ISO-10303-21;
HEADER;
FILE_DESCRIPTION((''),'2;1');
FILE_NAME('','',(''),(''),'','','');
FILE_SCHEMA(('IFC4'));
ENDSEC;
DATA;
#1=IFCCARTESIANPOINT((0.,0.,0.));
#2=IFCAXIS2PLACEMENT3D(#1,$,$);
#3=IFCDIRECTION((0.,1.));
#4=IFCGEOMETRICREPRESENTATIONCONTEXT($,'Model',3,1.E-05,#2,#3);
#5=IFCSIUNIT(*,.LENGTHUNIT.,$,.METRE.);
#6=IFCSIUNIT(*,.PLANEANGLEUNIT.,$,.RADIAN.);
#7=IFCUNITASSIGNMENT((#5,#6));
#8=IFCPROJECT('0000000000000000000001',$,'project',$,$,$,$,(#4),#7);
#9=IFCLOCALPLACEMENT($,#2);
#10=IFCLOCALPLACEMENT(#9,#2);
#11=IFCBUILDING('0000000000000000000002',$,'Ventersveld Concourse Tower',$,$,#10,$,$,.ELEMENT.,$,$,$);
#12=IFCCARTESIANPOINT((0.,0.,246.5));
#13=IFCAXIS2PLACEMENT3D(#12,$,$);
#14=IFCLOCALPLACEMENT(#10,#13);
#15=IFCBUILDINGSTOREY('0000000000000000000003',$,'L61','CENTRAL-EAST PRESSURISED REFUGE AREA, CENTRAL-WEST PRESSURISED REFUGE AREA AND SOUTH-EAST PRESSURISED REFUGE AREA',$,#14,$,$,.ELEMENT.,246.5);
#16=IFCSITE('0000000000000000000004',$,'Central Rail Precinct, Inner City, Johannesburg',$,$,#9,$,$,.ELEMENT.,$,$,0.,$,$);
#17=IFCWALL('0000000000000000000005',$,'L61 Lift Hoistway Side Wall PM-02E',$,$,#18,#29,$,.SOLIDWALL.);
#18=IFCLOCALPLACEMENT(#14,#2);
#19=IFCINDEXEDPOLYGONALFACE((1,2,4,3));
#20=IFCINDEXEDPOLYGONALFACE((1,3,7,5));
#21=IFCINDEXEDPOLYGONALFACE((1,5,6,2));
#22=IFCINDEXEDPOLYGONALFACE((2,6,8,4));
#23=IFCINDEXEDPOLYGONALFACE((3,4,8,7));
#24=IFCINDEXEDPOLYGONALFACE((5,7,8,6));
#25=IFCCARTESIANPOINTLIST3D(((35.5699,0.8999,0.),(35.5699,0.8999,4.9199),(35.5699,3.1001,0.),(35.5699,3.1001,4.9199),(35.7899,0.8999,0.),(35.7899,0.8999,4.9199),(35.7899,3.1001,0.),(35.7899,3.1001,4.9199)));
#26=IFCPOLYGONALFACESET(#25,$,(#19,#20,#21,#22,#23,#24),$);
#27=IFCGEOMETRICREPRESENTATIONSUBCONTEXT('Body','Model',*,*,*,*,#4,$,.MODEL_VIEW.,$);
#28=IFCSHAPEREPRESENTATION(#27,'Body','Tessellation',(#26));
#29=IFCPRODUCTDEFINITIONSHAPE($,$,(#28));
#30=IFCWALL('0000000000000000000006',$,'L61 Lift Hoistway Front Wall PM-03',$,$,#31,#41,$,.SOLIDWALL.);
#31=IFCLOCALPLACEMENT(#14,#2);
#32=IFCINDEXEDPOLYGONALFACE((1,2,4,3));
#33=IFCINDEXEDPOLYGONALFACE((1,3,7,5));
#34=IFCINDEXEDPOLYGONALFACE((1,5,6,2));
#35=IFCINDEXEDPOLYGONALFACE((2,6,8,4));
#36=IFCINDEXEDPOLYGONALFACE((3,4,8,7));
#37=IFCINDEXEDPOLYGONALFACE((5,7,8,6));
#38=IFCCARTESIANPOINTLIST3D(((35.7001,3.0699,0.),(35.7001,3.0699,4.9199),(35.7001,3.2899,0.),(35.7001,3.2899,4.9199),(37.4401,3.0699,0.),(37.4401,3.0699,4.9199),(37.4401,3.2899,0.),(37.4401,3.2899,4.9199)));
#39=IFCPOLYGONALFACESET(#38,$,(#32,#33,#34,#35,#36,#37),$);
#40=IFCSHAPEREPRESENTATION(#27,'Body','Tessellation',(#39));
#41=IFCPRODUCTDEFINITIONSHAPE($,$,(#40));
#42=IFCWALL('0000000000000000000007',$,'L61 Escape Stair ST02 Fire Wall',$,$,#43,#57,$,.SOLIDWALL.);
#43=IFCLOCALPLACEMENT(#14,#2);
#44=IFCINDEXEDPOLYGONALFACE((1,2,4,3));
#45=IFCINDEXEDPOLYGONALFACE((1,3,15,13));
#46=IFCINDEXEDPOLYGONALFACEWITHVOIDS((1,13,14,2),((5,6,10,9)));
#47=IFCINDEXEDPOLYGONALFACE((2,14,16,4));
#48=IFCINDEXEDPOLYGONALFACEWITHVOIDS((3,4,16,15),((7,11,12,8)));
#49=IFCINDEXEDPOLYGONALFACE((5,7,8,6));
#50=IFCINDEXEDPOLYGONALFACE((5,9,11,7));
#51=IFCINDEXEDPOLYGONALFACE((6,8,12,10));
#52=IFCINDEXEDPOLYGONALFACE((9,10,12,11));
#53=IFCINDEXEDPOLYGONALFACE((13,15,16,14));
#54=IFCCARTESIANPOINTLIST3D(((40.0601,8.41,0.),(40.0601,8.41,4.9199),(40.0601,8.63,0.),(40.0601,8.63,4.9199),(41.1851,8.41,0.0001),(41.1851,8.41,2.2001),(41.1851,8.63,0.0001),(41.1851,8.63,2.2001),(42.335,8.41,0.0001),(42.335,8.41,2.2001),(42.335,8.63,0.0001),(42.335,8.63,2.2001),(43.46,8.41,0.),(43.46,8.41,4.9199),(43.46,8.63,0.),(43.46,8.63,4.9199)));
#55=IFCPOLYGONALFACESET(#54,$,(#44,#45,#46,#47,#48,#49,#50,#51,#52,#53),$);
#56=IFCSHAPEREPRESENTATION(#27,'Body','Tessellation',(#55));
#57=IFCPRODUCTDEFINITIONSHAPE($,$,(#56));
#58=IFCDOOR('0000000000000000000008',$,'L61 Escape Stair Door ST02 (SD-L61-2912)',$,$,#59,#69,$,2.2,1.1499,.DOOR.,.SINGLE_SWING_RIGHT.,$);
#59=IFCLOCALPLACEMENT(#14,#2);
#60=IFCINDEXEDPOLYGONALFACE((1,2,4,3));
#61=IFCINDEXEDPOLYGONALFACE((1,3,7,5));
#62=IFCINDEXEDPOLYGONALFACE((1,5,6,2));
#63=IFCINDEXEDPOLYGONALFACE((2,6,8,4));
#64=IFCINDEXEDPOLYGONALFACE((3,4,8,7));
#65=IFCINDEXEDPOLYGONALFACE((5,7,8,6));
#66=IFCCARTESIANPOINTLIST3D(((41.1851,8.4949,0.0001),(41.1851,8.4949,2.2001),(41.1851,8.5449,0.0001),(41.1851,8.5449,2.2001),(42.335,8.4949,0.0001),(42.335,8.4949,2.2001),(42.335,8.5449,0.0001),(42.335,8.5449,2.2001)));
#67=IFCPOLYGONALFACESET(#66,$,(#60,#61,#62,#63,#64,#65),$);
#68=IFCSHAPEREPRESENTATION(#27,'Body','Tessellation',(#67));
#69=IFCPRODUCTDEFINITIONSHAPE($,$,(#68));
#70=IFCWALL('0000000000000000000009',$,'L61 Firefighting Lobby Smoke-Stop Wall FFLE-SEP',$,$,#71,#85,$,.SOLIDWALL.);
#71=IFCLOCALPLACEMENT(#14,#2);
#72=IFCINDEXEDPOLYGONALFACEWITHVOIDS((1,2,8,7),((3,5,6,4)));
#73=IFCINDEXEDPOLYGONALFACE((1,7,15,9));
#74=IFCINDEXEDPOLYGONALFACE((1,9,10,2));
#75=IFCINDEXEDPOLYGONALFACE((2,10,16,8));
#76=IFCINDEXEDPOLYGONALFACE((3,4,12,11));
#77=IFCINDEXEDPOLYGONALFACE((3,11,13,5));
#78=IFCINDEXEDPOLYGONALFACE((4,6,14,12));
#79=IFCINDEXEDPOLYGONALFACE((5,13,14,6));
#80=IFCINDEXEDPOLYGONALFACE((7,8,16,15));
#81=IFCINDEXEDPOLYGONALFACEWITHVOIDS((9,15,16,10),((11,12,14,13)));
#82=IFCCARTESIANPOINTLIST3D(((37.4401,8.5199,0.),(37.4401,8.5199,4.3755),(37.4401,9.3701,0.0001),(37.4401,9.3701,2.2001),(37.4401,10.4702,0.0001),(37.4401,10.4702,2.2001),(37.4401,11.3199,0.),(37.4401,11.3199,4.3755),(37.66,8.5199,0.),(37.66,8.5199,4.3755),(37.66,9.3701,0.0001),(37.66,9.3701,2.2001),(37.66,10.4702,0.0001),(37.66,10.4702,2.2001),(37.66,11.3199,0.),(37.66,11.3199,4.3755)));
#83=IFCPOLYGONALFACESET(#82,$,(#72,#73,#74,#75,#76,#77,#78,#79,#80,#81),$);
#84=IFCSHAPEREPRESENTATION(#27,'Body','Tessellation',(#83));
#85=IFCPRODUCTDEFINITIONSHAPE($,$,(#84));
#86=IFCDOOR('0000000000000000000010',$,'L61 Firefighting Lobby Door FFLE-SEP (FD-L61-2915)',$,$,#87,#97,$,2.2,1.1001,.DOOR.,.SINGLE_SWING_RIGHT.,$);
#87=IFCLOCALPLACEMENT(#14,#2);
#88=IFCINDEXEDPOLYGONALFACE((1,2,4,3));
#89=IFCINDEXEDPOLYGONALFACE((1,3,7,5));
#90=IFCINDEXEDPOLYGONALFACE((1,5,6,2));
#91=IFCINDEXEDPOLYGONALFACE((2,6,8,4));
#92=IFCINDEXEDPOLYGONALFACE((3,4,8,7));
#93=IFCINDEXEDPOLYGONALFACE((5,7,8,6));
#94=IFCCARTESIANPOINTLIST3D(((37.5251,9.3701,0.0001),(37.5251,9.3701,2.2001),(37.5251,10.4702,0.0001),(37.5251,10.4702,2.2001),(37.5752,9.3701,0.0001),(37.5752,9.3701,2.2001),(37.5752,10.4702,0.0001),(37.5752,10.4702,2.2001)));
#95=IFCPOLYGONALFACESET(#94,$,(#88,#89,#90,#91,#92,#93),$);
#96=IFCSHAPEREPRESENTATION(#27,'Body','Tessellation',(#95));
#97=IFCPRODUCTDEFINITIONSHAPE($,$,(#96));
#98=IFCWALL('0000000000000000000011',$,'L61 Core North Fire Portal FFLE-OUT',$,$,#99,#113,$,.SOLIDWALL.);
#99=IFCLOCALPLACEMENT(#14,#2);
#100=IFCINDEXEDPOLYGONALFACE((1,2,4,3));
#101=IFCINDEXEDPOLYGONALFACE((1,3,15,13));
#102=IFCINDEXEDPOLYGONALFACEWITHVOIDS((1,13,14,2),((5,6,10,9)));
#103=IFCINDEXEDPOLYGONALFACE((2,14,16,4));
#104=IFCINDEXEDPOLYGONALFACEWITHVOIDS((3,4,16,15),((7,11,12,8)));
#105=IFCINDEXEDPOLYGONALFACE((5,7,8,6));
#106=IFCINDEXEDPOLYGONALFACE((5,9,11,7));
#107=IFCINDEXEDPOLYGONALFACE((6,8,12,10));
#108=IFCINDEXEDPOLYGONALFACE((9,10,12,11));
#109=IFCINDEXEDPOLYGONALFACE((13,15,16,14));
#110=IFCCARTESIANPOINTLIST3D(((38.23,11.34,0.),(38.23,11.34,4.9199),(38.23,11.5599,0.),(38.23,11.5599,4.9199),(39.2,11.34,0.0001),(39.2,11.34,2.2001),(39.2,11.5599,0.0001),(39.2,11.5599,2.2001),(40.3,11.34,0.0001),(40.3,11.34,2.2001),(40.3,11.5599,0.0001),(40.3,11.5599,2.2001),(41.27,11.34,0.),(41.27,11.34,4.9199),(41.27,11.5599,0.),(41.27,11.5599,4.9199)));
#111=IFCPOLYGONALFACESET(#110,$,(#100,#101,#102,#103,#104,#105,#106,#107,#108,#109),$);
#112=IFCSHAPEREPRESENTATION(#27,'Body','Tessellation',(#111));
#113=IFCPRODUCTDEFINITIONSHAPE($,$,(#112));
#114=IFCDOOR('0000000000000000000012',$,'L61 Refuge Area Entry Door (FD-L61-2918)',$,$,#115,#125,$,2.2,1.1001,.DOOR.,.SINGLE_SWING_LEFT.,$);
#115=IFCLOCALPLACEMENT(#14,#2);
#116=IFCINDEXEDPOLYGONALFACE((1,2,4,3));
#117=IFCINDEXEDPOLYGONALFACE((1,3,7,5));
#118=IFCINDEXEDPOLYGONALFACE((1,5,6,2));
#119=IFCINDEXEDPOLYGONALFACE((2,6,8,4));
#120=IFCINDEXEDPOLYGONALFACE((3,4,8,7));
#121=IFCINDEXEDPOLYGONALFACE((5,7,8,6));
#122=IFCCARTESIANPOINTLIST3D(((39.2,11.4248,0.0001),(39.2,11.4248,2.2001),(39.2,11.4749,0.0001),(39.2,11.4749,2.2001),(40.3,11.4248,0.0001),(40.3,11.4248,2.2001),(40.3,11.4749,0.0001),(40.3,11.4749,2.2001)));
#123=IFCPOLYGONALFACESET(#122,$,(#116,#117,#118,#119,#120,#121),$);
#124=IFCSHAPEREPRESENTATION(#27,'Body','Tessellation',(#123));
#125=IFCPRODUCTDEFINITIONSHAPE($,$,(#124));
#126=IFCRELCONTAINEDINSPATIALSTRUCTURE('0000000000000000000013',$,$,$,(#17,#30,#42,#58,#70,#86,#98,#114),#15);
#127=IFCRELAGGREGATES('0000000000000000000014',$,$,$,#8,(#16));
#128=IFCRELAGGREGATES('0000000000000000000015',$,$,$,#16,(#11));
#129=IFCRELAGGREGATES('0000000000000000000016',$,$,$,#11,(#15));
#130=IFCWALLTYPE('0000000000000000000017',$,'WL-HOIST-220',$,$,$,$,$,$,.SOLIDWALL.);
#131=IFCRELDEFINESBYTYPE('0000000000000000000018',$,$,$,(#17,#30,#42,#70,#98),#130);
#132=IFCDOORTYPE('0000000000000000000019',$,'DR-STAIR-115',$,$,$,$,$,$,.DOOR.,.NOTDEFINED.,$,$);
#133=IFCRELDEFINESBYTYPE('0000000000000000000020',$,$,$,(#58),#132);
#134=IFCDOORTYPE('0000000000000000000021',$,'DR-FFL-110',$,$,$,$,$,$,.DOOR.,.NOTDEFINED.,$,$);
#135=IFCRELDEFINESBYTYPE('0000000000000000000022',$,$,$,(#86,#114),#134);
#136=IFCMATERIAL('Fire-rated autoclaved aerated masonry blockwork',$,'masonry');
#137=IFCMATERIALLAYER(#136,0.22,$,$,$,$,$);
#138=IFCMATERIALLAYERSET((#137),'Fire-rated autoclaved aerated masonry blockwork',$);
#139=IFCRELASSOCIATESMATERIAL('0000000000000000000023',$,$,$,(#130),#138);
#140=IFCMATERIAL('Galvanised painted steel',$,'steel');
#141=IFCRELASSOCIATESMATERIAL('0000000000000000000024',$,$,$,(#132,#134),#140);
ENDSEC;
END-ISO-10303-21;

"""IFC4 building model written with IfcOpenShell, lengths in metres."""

from ifc_helpers import new_model, si_unit, direction, frame, frame_2d, origin, place, context, subcontext, project, spatial, rectangle, extrude, material, layer, layer_set, type_object, element, fill, save


model = new_model("IFC4")

# Units and contexts
model_context = context("Model", 3, precision=1e-05, world=origin(), true_north=direction((0.0, 1.0)))
body_context = subcontext(model_context, "Body", "Model", "MODEL_VIEW")
ifc_project = project(units=[si_unit("LENGTHUNIT", "METRE"), si_unit("PLANEANGLEUNIT", "RADIAN")], contexts=[model_context])

# Site, building, storey
site_placement = place(None, origin())
site = spatial("IfcSite", under=ifc_project, at=site_placement, Name="Central Rail Precinct, Inner City, Johannesburg", CompositionType="ELEMENT", RefElevation=0.0)
building_placement = place(site_placement, origin())
building = spatial("IfcBuilding", under=site, at=building_placement, Name="Ventersveld Concourse Tower", CompositionType="ELEMENT")
storey_placement = place(building_placement, frame((0.0, 0.0, 246.5)))
storey = spatial("IfcBuildingStorey", under=building, at=storey_placement, Name="L61", Description="CENTRAL-EAST PRESSURISED REFUGE AREA, CENTRAL-WEST PRESSURISED REFUGE AREA AND SOUTH-EAST PRESSURISED REFUGE AREA", CompositionType="ELEMENT", Elevation=246.5)

# Shared definitions
ifc_material_1 = material(Name="Fire-rated autoclaved aerated masonry blockwork", Category="masonry")
ifc_layer_1 = layer(ifc_material_1, 0.22)
ifc_layer_set_1 = layer_set([ifc_layer_1], Name="Fire-rated autoclaved aerated masonry blockwork")
wall_type_1 = type_object("IfcWallType", Name="WL-HOIST-220", PredefinedType="SOLIDWALL", material=ifc_layer_set_1)

# Walls
wall_1_placement = place(storey_placement, frame((35.6799, 0.8999, 0.0), z_axis=(0.0, 0.0, 1.0), x_axis=(0.0, 1.0, 0.0)))
element("IfcWall", 1, at=wall_1_placement, inside=storey, type_object=wall_type_1, Name="L61 Lift Hoistway Side Wall PM-02E", PredefinedType="SOLIDWALL", context=body_context, shape_type="SweptSolid", body=[
    extrude(rectangle(XDim=2.2002, YDim=0.22, at=frame_2d((1.1001, 0.0))), origin(), (0.0, 0.0, 1.0), 4.9199),
])
wall_2_placement = place(storey_placement, frame((35.7, 3.1799, 0.0), z_axis=(0.0, 0.0, 1.0), x_axis=(1.0, 0.0, 0.0)))
element("IfcWall", 2, at=wall_2_placement, inside=storey, type_object=wall_type_1, Name="L61 Lift Hoistway Front Wall PM-03", PredefinedType="SOLIDWALL", context=body_context, shape_type="SweptSolid", body=[
    extrude(rectangle(XDim=1.74, YDim=0.22, at=frame_2d((0.8701, 0.0))), origin(), (0.0, 0.0, 1.0), 4.9199),
])

# Walls, openings, doors
wall_3_placement = place(storey_placement, frame((40.0601, 8.52, 0.0), z_axis=(0.0, 0.0, 1.0), x_axis=(1.0, 0.0, 0.0)))
wall_3 = element("IfcWall", 3, at=wall_3_placement, inside=storey, type_object=wall_type_1, Name="L61 Escape Stair ST02 Fire Wall", PredefinedType="SOLIDWALL", context=body_context, shape_type="SweptSolid", body=[
    extrude(rectangle(XDim=3.3999, YDim=0.22, at=frame_2d((1.7, 0.0))), origin(), (0.0, 0.0, 1.0), 4.9199),
])
opening_1_placement = place(wall_3_placement, frame((1.125, 0.0, 0.0)))
opening_1 = element("IfcOpeningElement", 4, at=opening_1_placement, cuts=wall_3, PredefinedType="OPENING", context=body_context, shape_type="SweptSolid", body=[
    extrude(rectangle(XDim=1.1499, YDim=2.2, at=frame_2d((0.575, 1.1001))), frame((0.0, 0.1201, 0.0), z_axis=(0.0, -1.0, 0.0), x_axis=(1.0, 0.0, 0.0)), (0.0, 0.0, 1.0), 0.24),
])
ifc_material_2 = material(Name="Galvanised painted steel", Category="steel")
door_type_1 = type_object("IfcDoorType", Name="DR-STAIR-115", OperationType="NOTDEFINED", PredefinedType="DOOR", material=ifc_material_2)
door_1_placement = place(opening_1_placement, origin())
door_1 = element("IfcDoor", 5, at=door_1_placement, inside=storey, type_object=door_type_1, Name="L61 Escape Stair Door ST02 (SD-L61-2912)", OperationType="SINGLE_SWING_RIGHT", OverallHeight=2.2, OverallWidth=1.1499, PredefinedType="DOOR", context=body_context, shape_type="SweptSolid", body=[
    extrude(rectangle(XDim=1.1499, YDim=2.2, at=frame_2d((0.575, 1.1001))), frame((0.0, 0.0249, 0.0), z_axis=(0.0, -1.0, 0.0), x_axis=(1.0, 0.0, 0.0)), (0.0, 0.0, 1.0), 0.05),
])
fill(opening_1, door_1)
wall_4_placement = place(storey_placement, frame((37.55, 8.52, 0.0), z_axis=(0.0, 0.0, 1.0), x_axis=(0.0, 1.0, 0.0)))
wall_4 = element("IfcWall", 6, at=wall_4_placement, inside=storey, type_object=wall_type_1, Name="L61 Firefighting Lobby Smoke-Stop Wall FFLE-SEP", PredefinedType="SOLIDWALL", context=body_context, shape_type="SweptSolid", body=[
    extrude(rectangle(XDim=2.8, YDim=0.22, at=frame_2d((1.3999, 0.0))), origin(), (0.0, 0.0, 1.0), 4.3755),
])
opening_2_placement = place(wall_4_placement, frame((0.8501, 0.0, 0.0)))
opening_2 = element("IfcOpeningElement", 7, at=opening_2_placement, cuts=wall_4, PredefinedType="OPENING", context=body_context, shape_type="SweptSolid", body=[
    extrude(rectangle(XDim=1.1001, YDim=2.2, at=frame_2d((0.55, 1.1001))), frame((0.0, 0.1201, 0.0), z_axis=(0.0, -1.0, 0.0), x_axis=(1.0, 0.0, 0.0)), (0.0, 0.0, 1.0), 0.24),
])
door_type_2 = type_object("IfcDoorType", Name="DR-FFL-110", OperationType="NOTDEFINED", PredefinedType="DOOR", material=ifc_material_2)
door_2_placement = place(opening_2_placement, origin())
door_2 = element("IfcDoor", 8, at=door_2_placement, inside=storey, type_object=door_type_2, Name="L61 Firefighting Lobby Door FFLE-SEP (FD-L61-2915)", OperationType="SINGLE_SWING_RIGHT", OverallHeight=2.2, OverallWidth=1.1001, PredefinedType="DOOR", context=body_context, shape_type="SweptSolid", body=[
    extrude(rectangle(XDim=1.1001, YDim=2.2, at=frame_2d((0.55, 1.1001))), frame((0.0, 0.0249, 0.0), z_axis=(0.0, -1.0, 0.0), x_axis=(1.0, 0.0, 0.0)), (0.0, 0.0, 1.0), 0.05),
])
fill(opening_2, door_2)
wall_5_placement = place(storey_placement, frame((38.23, 11.45, 0.0), z_axis=(0.0, 0.0, 1.0), x_axis=(1.0, 0.0, 0.0)))
wall_5 = element("IfcWall", 9, at=wall_5_placement, inside=storey, type_object=wall_type_1, Name="L61 Core North Fire Portal FFLE-OUT", PredefinedType="SOLIDWALL", context=body_context, shape_type="SweptSolid", body=[
    extrude(rectangle(XDim=3.04, YDim=0.22, at=frame_2d((1.52, 0.0))), origin(), (0.0, 0.0, 1.0), 4.9199),
])
opening_3_placement = place(wall_5_placement, frame((0.97, 0.0, 0.0)))
opening_3 = element("IfcOpeningElement", 10, at=opening_3_placement, cuts=wall_5, PredefinedType="OPENING", context=body_context, shape_type="SweptSolid", body=[
    extrude(rectangle(XDim=1.1001, YDim=2.2, at=frame_2d((0.55, 1.1001))), frame((0.0, 0.1201, 0.0), z_axis=(0.0, -1.0, 0.0), x_axis=(1.0, 0.0, 0.0)), (0.0, 0.0, 1.0), 0.24),
])
door_3_placement = place(opening_3_placement, origin())
door_3 = element("IfcDoor", 11, at=door_3_placement, inside=storey, type_object=door_type_2, Name="L61 Refuge Area Entry Door (FD-L61-2918)", OperationType="SINGLE_SWING_LEFT", OverallHeight=2.2, OverallWidth=1.1001, PredefinedType="DOOR", context=body_context, shape_type="SweptSolid", body=[
    extrude(rectangle(XDim=1.1001, YDim=2.2, at=frame_2d((0.55, 1.1001))), frame((0.0, 0.0249, 0.0), z_axis=(0.0, -1.0, 0.0), x_axis=(1.0, 0.0, 0.0)), (0.0, 0.0, 1.0), 0.05),
])
fill(opening_3, door_3)

save(model, "model.ifc")
